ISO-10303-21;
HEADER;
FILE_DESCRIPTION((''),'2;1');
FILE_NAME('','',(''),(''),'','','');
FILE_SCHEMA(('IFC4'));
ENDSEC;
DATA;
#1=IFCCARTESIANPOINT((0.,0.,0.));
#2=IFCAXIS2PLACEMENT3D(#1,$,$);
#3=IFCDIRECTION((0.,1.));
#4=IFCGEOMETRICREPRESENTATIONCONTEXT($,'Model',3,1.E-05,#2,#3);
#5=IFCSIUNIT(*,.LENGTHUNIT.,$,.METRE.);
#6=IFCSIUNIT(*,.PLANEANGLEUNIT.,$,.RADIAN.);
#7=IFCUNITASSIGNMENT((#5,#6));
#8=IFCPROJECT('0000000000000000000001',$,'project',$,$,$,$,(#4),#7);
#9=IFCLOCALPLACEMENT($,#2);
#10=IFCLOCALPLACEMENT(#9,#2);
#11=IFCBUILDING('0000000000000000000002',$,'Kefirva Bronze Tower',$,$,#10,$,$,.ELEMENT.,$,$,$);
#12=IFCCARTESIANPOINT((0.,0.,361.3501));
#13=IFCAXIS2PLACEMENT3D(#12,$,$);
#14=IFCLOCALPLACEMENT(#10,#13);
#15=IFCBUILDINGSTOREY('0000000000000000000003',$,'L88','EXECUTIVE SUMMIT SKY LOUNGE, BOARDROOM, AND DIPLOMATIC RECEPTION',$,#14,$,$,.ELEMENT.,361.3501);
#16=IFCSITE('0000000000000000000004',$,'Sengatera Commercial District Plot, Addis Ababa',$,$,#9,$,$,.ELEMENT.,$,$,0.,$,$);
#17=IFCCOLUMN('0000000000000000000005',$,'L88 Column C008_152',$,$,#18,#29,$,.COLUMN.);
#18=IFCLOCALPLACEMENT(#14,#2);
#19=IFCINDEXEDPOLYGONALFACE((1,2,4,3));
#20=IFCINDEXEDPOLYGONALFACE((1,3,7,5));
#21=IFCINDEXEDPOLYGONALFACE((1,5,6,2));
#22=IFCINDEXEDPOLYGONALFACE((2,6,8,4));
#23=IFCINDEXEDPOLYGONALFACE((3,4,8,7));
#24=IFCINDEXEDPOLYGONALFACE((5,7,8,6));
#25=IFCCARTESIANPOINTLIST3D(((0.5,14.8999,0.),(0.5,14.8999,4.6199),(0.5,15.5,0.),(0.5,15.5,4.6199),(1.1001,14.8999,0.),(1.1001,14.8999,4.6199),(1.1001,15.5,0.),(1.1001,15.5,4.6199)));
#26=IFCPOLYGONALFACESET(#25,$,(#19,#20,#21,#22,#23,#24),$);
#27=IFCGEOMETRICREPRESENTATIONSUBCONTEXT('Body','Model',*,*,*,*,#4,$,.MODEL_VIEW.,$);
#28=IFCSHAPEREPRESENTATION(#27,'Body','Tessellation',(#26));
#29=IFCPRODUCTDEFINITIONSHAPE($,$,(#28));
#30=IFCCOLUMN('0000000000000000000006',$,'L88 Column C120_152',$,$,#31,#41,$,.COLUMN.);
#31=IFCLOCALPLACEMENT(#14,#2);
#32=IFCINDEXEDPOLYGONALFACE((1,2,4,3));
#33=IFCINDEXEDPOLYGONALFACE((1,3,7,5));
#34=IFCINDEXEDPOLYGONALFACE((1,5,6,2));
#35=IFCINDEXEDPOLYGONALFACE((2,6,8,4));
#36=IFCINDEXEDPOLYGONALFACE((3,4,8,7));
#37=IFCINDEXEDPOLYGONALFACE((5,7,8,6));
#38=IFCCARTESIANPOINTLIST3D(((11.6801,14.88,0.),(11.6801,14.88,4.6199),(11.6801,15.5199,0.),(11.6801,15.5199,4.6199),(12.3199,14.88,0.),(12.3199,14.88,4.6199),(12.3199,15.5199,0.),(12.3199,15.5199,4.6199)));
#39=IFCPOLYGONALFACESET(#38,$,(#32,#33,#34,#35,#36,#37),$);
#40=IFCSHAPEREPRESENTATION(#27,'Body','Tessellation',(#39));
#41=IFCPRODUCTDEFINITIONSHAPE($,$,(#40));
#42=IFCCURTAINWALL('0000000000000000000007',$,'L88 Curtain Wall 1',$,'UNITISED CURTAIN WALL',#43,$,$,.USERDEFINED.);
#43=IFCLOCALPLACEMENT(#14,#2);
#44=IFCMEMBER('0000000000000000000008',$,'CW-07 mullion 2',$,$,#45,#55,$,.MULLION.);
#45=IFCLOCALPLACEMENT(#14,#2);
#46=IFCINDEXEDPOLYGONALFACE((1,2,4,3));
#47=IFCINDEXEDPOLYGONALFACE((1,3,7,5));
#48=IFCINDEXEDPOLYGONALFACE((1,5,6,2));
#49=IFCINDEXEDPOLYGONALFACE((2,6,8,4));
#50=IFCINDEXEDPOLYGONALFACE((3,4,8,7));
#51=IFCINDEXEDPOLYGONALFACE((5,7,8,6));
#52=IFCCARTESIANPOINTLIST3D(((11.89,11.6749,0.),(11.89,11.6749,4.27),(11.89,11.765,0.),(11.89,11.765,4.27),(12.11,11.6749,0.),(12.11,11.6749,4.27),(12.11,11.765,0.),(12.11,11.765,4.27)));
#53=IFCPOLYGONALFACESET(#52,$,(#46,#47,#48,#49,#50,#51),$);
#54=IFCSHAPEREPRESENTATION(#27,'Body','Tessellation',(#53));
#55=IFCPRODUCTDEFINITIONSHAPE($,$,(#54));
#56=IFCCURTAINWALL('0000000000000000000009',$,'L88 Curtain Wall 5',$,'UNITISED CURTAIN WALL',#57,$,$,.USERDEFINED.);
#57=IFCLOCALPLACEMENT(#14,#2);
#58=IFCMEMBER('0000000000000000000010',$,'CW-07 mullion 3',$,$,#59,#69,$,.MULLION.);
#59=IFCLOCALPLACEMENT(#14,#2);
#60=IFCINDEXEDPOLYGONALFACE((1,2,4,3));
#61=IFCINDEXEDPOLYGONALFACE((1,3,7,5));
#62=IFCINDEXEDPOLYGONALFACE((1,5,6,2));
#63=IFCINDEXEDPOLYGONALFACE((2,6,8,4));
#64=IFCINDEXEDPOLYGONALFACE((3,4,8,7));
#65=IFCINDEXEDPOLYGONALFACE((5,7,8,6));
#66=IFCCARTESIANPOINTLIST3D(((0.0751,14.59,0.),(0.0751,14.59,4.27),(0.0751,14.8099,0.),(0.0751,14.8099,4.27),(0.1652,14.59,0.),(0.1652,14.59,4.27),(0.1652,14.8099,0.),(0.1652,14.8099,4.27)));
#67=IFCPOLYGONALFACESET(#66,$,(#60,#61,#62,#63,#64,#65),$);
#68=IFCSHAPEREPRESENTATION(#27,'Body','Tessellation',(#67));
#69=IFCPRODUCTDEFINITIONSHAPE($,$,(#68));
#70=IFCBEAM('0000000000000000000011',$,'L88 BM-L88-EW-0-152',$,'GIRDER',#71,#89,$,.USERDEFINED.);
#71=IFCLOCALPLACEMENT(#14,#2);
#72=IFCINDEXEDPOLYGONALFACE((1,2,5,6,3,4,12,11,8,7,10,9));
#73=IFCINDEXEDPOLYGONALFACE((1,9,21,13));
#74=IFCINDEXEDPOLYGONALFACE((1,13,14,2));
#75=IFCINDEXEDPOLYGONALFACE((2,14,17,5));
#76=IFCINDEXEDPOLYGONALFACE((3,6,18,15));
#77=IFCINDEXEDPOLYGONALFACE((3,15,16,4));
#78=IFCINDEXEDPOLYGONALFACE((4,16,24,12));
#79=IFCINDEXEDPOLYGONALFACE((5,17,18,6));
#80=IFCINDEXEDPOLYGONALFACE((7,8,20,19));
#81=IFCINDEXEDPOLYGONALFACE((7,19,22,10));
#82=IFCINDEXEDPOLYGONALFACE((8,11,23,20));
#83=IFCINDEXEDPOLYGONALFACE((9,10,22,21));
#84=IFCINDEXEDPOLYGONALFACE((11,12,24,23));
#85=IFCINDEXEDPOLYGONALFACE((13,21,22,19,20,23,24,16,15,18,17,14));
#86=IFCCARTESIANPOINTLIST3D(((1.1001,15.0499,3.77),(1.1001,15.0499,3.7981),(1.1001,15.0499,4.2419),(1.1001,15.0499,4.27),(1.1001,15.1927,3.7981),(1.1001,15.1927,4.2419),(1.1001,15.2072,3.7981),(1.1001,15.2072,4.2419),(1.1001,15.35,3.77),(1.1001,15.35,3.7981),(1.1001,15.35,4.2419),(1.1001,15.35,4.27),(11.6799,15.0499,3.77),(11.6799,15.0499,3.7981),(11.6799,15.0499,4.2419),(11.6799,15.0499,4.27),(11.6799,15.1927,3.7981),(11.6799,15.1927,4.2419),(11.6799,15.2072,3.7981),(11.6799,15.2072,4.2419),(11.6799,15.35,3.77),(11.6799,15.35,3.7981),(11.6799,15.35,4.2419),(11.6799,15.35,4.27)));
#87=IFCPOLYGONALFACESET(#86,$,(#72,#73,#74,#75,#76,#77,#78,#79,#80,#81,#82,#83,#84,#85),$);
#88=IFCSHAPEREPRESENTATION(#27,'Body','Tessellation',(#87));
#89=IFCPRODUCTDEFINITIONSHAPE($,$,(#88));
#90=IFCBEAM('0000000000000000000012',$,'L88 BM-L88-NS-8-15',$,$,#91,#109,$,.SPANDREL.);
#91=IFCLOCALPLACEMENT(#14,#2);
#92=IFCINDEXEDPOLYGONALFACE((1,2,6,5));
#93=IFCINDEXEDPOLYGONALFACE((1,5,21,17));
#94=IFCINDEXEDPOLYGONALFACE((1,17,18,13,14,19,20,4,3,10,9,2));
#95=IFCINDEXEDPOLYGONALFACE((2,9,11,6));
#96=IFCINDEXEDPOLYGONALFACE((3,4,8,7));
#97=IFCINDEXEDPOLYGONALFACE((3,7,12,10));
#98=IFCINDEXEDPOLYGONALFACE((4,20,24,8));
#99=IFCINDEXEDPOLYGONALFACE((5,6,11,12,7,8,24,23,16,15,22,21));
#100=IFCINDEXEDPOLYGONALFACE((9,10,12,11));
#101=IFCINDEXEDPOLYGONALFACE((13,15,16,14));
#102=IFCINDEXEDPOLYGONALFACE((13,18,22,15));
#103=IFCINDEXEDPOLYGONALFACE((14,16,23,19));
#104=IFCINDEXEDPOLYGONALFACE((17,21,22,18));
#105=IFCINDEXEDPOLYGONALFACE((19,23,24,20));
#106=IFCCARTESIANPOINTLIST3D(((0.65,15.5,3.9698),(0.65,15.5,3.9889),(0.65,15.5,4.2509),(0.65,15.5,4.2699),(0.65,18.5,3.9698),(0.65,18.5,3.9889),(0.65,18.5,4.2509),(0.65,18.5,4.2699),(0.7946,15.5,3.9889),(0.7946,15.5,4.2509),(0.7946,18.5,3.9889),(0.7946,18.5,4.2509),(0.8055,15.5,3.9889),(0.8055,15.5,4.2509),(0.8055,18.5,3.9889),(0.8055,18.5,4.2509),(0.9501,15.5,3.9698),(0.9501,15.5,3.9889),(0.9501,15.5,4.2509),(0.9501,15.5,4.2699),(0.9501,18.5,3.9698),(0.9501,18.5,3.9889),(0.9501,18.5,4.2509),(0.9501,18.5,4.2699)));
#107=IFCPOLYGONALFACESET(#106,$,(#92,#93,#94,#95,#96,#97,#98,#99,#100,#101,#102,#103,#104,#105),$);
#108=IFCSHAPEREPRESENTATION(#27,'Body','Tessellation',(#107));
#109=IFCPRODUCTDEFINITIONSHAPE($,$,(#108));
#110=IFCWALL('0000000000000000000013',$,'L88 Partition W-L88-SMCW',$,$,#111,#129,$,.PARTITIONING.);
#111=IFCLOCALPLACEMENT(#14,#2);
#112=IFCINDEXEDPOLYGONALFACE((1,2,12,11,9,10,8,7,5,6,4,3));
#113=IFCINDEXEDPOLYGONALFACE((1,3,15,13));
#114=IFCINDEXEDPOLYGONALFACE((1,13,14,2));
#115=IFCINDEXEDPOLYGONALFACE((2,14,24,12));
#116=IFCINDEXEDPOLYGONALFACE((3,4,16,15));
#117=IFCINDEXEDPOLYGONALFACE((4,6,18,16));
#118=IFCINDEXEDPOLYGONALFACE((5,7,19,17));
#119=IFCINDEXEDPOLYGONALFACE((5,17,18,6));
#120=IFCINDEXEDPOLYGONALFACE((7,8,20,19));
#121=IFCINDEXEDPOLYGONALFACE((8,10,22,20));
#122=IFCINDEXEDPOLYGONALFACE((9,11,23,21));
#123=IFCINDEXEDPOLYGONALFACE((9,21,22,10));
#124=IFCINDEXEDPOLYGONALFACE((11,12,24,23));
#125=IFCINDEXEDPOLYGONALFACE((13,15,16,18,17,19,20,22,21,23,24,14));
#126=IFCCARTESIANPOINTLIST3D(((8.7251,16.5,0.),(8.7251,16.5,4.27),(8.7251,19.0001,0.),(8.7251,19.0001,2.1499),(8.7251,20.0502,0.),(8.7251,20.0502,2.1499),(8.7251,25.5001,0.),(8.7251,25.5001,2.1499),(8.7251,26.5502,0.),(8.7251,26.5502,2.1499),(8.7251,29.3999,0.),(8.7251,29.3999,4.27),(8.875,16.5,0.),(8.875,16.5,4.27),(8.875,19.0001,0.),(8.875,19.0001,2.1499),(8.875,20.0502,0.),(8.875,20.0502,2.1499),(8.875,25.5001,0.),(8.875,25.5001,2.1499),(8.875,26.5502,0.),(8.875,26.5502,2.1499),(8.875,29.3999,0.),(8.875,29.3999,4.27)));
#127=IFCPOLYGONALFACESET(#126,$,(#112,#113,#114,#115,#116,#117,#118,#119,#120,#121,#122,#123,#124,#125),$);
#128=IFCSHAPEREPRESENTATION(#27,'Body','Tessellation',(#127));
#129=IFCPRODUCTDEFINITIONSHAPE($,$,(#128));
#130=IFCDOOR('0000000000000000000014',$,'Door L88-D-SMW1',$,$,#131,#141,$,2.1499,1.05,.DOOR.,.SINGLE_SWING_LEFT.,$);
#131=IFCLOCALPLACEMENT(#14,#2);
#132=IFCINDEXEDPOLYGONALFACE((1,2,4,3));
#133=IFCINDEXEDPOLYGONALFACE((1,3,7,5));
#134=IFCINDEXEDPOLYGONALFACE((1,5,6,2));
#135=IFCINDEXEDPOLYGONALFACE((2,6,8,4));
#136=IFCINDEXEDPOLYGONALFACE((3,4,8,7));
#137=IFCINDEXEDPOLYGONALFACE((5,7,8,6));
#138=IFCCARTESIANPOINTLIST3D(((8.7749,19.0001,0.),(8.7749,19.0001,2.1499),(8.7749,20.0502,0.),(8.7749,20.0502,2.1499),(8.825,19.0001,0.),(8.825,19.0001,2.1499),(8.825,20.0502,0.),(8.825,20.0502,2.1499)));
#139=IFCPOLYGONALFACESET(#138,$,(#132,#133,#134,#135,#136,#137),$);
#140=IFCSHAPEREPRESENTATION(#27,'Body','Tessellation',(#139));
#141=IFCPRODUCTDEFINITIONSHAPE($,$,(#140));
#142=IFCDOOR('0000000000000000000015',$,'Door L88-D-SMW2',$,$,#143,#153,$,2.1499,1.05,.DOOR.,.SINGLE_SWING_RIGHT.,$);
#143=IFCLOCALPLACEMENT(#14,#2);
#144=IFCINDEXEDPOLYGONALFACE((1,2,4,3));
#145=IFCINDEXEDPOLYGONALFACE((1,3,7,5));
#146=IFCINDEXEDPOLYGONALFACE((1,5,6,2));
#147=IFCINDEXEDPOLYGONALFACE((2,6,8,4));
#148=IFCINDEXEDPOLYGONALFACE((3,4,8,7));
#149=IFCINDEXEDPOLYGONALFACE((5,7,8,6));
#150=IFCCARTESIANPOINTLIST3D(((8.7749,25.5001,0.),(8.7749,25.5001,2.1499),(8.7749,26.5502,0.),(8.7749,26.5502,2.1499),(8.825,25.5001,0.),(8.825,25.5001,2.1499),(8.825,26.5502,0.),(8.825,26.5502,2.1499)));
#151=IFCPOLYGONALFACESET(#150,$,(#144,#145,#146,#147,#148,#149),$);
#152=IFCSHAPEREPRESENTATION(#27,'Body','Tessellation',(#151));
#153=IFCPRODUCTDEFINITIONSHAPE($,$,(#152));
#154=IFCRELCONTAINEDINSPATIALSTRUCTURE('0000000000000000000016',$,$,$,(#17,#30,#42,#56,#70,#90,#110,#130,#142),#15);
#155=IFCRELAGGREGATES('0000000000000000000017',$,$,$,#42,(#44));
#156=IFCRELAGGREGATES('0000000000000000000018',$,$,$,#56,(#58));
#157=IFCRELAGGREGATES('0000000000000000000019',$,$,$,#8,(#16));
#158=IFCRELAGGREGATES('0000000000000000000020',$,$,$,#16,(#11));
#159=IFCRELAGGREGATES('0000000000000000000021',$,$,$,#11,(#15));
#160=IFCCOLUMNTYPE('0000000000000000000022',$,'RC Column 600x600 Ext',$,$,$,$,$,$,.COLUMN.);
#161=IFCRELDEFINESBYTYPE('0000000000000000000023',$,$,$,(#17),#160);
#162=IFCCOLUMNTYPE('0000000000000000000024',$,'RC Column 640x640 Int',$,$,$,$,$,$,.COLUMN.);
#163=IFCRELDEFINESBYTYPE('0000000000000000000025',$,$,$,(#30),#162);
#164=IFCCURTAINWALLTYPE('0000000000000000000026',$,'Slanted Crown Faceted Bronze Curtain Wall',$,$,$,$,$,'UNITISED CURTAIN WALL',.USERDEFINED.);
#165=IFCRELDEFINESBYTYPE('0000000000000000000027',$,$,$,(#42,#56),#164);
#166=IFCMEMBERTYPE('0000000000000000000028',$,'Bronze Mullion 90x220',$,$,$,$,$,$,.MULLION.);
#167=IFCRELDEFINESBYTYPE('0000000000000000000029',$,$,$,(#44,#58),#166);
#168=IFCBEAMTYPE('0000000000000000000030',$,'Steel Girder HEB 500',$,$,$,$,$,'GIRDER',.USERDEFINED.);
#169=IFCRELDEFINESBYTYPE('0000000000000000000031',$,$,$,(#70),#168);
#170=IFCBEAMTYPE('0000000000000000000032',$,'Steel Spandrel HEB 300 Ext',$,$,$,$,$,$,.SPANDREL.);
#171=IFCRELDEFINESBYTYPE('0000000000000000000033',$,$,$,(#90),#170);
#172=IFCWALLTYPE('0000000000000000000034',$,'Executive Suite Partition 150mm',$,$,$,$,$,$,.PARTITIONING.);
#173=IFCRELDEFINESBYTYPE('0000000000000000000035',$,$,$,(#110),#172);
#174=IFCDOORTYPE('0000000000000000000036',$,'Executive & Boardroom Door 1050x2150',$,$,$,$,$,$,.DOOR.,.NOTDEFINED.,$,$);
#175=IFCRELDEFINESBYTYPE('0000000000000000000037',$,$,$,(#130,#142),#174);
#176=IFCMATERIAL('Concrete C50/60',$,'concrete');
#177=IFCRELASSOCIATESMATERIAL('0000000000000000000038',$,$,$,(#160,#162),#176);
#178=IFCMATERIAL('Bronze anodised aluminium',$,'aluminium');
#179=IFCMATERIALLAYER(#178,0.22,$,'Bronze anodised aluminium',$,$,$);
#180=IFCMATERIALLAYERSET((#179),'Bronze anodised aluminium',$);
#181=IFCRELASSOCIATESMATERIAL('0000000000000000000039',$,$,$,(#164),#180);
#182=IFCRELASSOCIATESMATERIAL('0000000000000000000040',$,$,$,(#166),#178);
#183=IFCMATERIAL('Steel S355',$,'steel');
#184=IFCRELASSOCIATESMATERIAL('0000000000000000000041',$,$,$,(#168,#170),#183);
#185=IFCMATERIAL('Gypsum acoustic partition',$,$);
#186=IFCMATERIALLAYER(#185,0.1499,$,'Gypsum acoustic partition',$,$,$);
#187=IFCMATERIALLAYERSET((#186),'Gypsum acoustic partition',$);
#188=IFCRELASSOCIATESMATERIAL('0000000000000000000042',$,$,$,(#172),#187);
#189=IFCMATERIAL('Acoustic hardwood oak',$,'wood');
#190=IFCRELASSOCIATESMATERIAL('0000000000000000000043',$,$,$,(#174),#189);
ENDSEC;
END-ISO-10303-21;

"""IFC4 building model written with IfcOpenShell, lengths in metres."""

from ifc_helpers import new_model, si_unit, direction, frame, frame_2d, origin, origin_2d, place, context, subcontext, project, spatial, rectangle, i_section, extrude, material, layer, layer_set, material_profile, profile_set, type_object, element, fill, aggregate, save


model = new_model("IFC4")

# Units and contexts
model_context = context("Model", 3, precision=1e-05, world=origin(), true_north=direction((0.0, 1.0)))
body_context = subcontext(model_context, "Body", "Model", "MODEL_VIEW")
ifc_project = project(units=[si_unit("LENGTHUNIT", "METRE"), si_unit("PLANEANGLEUNIT", "RADIAN")], contexts=[model_context])

# Site, building, storey
site_placement = place(None, origin())
site = spatial("IfcSite", under=ifc_project, at=site_placement, Name="Sengatera Commercial District Plot, Addis Ababa", CompositionType="ELEMENT", RefElevation=0.0)
building_placement = place(site_placement, origin())
building = spatial("IfcBuilding", under=site, at=building_placement, Name="Kefirva Bronze Tower", CompositionType="ELEMENT")
storey_placement = place(building_placement, frame((0.0, 0.0, 361.3501)))
storey = spatial("IfcBuildingStorey", under=building, at=storey_placement, Name="L88", Description="EXECUTIVE SUMMIT SKY LOUNGE, BOARDROOM, AND DIPLOMATIC RECEPTION", CompositionType="ELEMENT", Elevation=361.3501)

# Columns
ifc_material_1 = material(Name="Concrete C50/60", Category="concrete")
ifc_material_profile_1 = material_profile(ifc_material_1, rectangle(XDim=0.6001, YDim=0.6001, at=origin_2d()), Name="RC 600x600")
ifc_profile_set_1 = profile_set([ifc_material_profile_1], Name="Concrete C50/60")
column_type_1 = type_object("IfcColumnType", Name="RC Column 600x600 Ext", PredefinedType="COLUMN", material=ifc_profile_set_1)
column_1_placement = place(storey_placement, frame((0.8, 15.2, 0.0), z_axis=(0.0, 0.0, 1.0), x_axis=(1.0, 0.0, 0.0)))
element("IfcColumn", 1, at=column_1_placement, inside=storey, type_object=column_type_1, Name="L88 Column C008_152", PredefinedType="COLUMN", context=body_context, shape_type="SweptSolid", body=[
    extrude(rectangle(XDim=0.6001, YDim=0.6001, at=origin_2d()), origin(), (0.0, 0.0, 1.0), 4.6199),
])
ifc_material_profile_2 = material_profile(ifc_material_1, rectangle(XDim=0.6399, YDim=0.6399, at=origin_2d()), Name="RC 640x640")
ifc_profile_set_2 = profile_set([ifc_material_profile_2], Name="Concrete C50/60")
column_type_2 = type_object("IfcColumnType", Name="RC Column 640x640 Int", PredefinedType="COLUMN", material=ifc_profile_set_2)
column_2_placement = place(storey_placement, frame((12.0, 15.2, 0.0), z_axis=(0.0, 0.0, 1.0), x_axis=(1.0, 0.0, 0.0)))
element("IfcColumn", 2, at=column_2_placement, inside=storey, type_object=column_type_2, Name="L88 Column C120_152", PredefinedType="COLUMN", context=body_context, shape_type="SweptSolid", body=[
    extrude(rectangle(XDim=0.6399, YDim=0.6399, at=origin_2d()), origin(), (0.0, 0.0, 1.0), 4.6199),
])

# Curtain walls, members
ifc_material_2 = material(Name="Bronze anodised aluminium", Category="aluminium")
ifc_layer_1 = layer(ifc_material_2, 0.22, Name="Bronze anodised aluminium")
ifc_layer_set_1 = layer_set([ifc_layer_1], Name="Bronze anodised aluminium")
curtain_wall_type = type_object("IfcCurtainWallType", Name="Slanted Crown Faceted Bronze Curtain Wall", ElementType="UNITISED CURTAIN WALL", PredefinedType="USERDEFINED", material=ifc_layer_set_1)
curtain_wall_1_placement = place(storey_placement, origin())
curtain_wall_1 = element("IfcCurtainWall", 3, at=curtain_wall_1_placement, inside=storey, type_object=curtain_wall_type, Name="L88 Curtain Wall 1", ObjectType="UNITISED CURTAIN WALL", PredefinedType="USERDEFINED")
ifc_material_profile_3 = material_profile(ifc_material_2, rectangle(XDim=0.0901, YDim=0.22, at=origin_2d()), Name="ALU 90x220")
ifc_profile_set_3 = profile_set([ifc_material_profile_3], Name="Bronze anodised aluminium")
member_type = type_object("IfcMemberType", Name="Bronze Mullion 90x220", PredefinedType="MULLION", material=ifc_profile_set_3)
member_1_placement = place(storey_placement, frame((12.0, 11.72, 0.0), z_axis=(0.0, 0.0, 1.0), x_axis=(0.0, 1.0, 0.0)))
member_1 = element("IfcMember", 4, at=member_1_placement, type_object=member_type, Name="CW-07 mullion 2", PredefinedType="MULLION", context=body_context, shape_type="SweptSolid", body=[
    extrude(rectangle(XDim=0.0901, YDim=0.22, at=origin_2d()), origin(), (0.0, 0.0, 1.0), 4.27),
])
aggregate(curtain_wall_1, [member_1])
curtain_wall_2_placement = place(storey_placement, origin())
curtain_wall_2 = element("IfcCurtainWall", 5, at=curtain_wall_2_placement, inside=storey, type_object=curtain_wall_type, Name="L88 Curtain Wall 5", ObjectType="UNITISED CURTAIN WALL", PredefinedType="USERDEFINED")
member_2_placement = place(storey_placement, frame((0.1201, 14.7, 0.0), z_axis=(0.0, 0.0, 1.0), x_axis=(1.0, 0.0, 0.0)))
member_2 = element("IfcMember", 6, at=member_2_placement, type_object=member_type, Name="CW-07 mullion 3", PredefinedType="MULLION", context=body_context, shape_type="SweptSolid", body=[
    extrude(rectangle(XDim=0.0901, YDim=0.22, at=origin_2d()), origin(), (0.0, 0.0, 1.0), 4.27),
])
aggregate(curtain_wall_2, [member_2])

# Beams
ifc_material_3 = material(Name="Steel S355", Category="steel")
ifc_material_profile_4 = material_profile(ifc_material_3, i_section(OverallWidth=0.3, OverallDepth=0.5, WebThickness=0.0144, FlangeThickness=0.0281, at=origin_2d()), Name="HEB 500")
ifc_profile_set_4 = profile_set([ifc_material_profile_4], Name="Steel S355")
beam_type_1 = type_object("IfcBeamType", Name="Steel Girder HEB 500", ElementType="GIRDER", PredefinedType="USERDEFINED", material=ifc_profile_set_4)
beam_1_placement = place(storey_placement, frame((1.1001, 15.2, 4.02), z_axis=(1.0, 0.0, 0.0), x_axis=(0.0, 1.0, 0.0)))
element("IfcBeam", 7, at=beam_1_placement, inside=storey, type_object=beam_type_1, Name="L88 BM-L88-EW-0-152", ObjectType="GIRDER", PredefinedType="USERDEFINED", context=body_context, shape_type="SweptSolid", body=[
    extrude(i_section(OverallWidth=0.3, OverallDepth=0.5, WebThickness=0.0144, FlangeThickness=0.0281, at=origin_2d()), origin(), (0.0, 0.0, 1.0), 10.5798),
])
ifc_material_profile_5 = material_profile(ifc_material_3, i_section(OverallWidth=0.3, OverallDepth=0.3, WebThickness=0.011, FlangeThickness=0.019, at=origin_2d()), Name="HEB 300")
ifc_profile_set_5 = profile_set([ifc_material_profile_5], Name="Steel S355")
beam_type_2 = type_object("IfcBeamType", Name="Steel Spandrel HEB 300 Ext", PredefinedType="SPANDREL", material=ifc_profile_set_5)
beam_2_placement = place(storey_placement, frame((0.8, 15.5, 4.1199), z_axis=(0.0, 1.0, 0.0), x_axis=(-1.0, 0.0, 0.0)))
element("IfcBeam", 8, at=beam_2_placement, inside=storey, type_object=beam_type_2, Name="L88 BM-L88-NS-8-15", PredefinedType="SPANDREL", context=body_context, shape_type="SweptSolid", body=[
    extrude(i_section(OverallWidth=0.3, OverallDepth=0.3, WebThickness=0.011, FlangeThickness=0.019, at=origin_2d()), origin(), (0.0, 0.0, 1.0), 3.0),
])

# Wall, openings, doors
ifc_material_4 = material(Name="Gypsum acoustic partition")
ifc_layer_2 = layer(ifc_material_4, 0.1499, Name="Gypsum acoustic partition")
ifc_layer_set_2 = layer_set([ifc_layer_2], Name="Gypsum acoustic partition")
wall_type_1 = type_object("IfcWallType", Name="Executive Suite Partition 150mm", PredefinedType="PARTITIONING", material=ifc_layer_set_2)
wall_1_placement = place(storey_placement, frame((8.8, 16.5, 0.0), z_axis=(0.0, 0.0, 1.0), x_axis=(0.0, 1.0, 0.0)))
wall_1 = element("IfcWall", 9, at=wall_1_placement, inside=storey, type_object=wall_type_1, Name="L88 Partition W-L88-SMCW", PredefinedType="PARTITIONING", context=body_context, shape_type="SweptSolid", body=[
    extrude(rectangle(XDim=12.8999, YDim=0.1499, at=frame_2d((6.45, 0.0))), origin(), (0.0, 0.0, 1.0), 4.27),
])
opening_1_placement = place(wall_1_placement, frame((3.55, 0.0, 0.0), z_axis=(0.0, 0.0, 1.0), x_axis=(-1.0, 0.0, 0.0)))
opening_1 = element("IfcOpeningElement", 10, at=opening_1_placement, cuts=wall_1, PredefinedType="OPENING", context=body_context, shape_type="SweptSolid", body=[
    extrude(rectangle(XDim=1.05, YDim=2.1499, at=frame_2d((0.5249, 1.075))), frame((0.0, 0.085, 0.0), z_axis=(0.0, -1.0, 0.0), x_axis=(1.0, 0.0, 0.0)), (0.0, 0.0, 1.0), 0.1699),
])
opening_2_placement = place(wall_1_placement, frame((10.05, 0.0, 0.0), z_axis=(0.0, 0.0, 1.0), x_axis=(-1.0, 0.0, 0.0)))
opening_2 = element("IfcOpeningElement", 11, at=opening_2_placement, cuts=wall_1, PredefinedType="OPENING", context=body_context, shape_type="SweptSolid", body=[
    extrude(rectangle(XDim=1.05, YDim=2.1499, at=frame_2d((0.5249, 1.075))), frame((0.0, 0.085, 0.0), z_axis=(0.0, -1.0, 0.0), x_axis=(1.0, 0.0, 0.0)), (0.0, 0.0, 1.0), 0.1699),
])
ifc_material_5 = material(Name="Acoustic hardwood oak", Category="wood")
door_type = type_object("IfcDoorType", Name="Executive & Boardroom Door 1050x2150", OperationType="NOTDEFINED", PredefinedType="DOOR", material=ifc_material_5)
door_1_placement = place(opening_1_placement, origin())
door_1 = element("IfcDoor", 12, at=door_1_placement, inside=storey, type_object=door_type, Name="Door L88-D-SMW1", OperationType="SINGLE_SWING_LEFT", OverallHeight=2.1499, OverallWidth=1.05, PredefinedType="DOOR", context=body_context, shape_type="SweptSolid", body=[
    extrude(rectangle(XDim=1.05, YDim=2.1499, at=frame_2d((0.5249, 1.075))), frame((0.0, 0.0249, 0.0), z_axis=(0.0, -1.0, 0.0), x_axis=(1.0, 0.0, 0.0)), (0.0, 0.0, 1.0), 0.05),
])
fill(opening_1, door_1)
door_2_placement = place(opening_2_placement, origin())
door_2 = element("IfcDoor", 13, at=door_2_placement, inside=storey, type_object=door_type, Name="Door L88-D-SMW2", OperationType="SINGLE_SWING_RIGHT", OverallHeight=2.1499, OverallWidth=1.05, PredefinedType="DOOR", context=body_context, shape_type="SweptSolid", body=[
    extrude(rectangle(XDim=1.05, YDim=2.1499, at=frame_2d((0.5249, 1.075))), frame((0.0, 0.0249, 0.0), z_axis=(0.0, -1.0, 0.0), x_axis=(1.0, 0.0, 0.0)), (0.0, 0.0, 1.0), 0.05),
])
fill(opening_2, door_2)

save(model, "model.ifc")
